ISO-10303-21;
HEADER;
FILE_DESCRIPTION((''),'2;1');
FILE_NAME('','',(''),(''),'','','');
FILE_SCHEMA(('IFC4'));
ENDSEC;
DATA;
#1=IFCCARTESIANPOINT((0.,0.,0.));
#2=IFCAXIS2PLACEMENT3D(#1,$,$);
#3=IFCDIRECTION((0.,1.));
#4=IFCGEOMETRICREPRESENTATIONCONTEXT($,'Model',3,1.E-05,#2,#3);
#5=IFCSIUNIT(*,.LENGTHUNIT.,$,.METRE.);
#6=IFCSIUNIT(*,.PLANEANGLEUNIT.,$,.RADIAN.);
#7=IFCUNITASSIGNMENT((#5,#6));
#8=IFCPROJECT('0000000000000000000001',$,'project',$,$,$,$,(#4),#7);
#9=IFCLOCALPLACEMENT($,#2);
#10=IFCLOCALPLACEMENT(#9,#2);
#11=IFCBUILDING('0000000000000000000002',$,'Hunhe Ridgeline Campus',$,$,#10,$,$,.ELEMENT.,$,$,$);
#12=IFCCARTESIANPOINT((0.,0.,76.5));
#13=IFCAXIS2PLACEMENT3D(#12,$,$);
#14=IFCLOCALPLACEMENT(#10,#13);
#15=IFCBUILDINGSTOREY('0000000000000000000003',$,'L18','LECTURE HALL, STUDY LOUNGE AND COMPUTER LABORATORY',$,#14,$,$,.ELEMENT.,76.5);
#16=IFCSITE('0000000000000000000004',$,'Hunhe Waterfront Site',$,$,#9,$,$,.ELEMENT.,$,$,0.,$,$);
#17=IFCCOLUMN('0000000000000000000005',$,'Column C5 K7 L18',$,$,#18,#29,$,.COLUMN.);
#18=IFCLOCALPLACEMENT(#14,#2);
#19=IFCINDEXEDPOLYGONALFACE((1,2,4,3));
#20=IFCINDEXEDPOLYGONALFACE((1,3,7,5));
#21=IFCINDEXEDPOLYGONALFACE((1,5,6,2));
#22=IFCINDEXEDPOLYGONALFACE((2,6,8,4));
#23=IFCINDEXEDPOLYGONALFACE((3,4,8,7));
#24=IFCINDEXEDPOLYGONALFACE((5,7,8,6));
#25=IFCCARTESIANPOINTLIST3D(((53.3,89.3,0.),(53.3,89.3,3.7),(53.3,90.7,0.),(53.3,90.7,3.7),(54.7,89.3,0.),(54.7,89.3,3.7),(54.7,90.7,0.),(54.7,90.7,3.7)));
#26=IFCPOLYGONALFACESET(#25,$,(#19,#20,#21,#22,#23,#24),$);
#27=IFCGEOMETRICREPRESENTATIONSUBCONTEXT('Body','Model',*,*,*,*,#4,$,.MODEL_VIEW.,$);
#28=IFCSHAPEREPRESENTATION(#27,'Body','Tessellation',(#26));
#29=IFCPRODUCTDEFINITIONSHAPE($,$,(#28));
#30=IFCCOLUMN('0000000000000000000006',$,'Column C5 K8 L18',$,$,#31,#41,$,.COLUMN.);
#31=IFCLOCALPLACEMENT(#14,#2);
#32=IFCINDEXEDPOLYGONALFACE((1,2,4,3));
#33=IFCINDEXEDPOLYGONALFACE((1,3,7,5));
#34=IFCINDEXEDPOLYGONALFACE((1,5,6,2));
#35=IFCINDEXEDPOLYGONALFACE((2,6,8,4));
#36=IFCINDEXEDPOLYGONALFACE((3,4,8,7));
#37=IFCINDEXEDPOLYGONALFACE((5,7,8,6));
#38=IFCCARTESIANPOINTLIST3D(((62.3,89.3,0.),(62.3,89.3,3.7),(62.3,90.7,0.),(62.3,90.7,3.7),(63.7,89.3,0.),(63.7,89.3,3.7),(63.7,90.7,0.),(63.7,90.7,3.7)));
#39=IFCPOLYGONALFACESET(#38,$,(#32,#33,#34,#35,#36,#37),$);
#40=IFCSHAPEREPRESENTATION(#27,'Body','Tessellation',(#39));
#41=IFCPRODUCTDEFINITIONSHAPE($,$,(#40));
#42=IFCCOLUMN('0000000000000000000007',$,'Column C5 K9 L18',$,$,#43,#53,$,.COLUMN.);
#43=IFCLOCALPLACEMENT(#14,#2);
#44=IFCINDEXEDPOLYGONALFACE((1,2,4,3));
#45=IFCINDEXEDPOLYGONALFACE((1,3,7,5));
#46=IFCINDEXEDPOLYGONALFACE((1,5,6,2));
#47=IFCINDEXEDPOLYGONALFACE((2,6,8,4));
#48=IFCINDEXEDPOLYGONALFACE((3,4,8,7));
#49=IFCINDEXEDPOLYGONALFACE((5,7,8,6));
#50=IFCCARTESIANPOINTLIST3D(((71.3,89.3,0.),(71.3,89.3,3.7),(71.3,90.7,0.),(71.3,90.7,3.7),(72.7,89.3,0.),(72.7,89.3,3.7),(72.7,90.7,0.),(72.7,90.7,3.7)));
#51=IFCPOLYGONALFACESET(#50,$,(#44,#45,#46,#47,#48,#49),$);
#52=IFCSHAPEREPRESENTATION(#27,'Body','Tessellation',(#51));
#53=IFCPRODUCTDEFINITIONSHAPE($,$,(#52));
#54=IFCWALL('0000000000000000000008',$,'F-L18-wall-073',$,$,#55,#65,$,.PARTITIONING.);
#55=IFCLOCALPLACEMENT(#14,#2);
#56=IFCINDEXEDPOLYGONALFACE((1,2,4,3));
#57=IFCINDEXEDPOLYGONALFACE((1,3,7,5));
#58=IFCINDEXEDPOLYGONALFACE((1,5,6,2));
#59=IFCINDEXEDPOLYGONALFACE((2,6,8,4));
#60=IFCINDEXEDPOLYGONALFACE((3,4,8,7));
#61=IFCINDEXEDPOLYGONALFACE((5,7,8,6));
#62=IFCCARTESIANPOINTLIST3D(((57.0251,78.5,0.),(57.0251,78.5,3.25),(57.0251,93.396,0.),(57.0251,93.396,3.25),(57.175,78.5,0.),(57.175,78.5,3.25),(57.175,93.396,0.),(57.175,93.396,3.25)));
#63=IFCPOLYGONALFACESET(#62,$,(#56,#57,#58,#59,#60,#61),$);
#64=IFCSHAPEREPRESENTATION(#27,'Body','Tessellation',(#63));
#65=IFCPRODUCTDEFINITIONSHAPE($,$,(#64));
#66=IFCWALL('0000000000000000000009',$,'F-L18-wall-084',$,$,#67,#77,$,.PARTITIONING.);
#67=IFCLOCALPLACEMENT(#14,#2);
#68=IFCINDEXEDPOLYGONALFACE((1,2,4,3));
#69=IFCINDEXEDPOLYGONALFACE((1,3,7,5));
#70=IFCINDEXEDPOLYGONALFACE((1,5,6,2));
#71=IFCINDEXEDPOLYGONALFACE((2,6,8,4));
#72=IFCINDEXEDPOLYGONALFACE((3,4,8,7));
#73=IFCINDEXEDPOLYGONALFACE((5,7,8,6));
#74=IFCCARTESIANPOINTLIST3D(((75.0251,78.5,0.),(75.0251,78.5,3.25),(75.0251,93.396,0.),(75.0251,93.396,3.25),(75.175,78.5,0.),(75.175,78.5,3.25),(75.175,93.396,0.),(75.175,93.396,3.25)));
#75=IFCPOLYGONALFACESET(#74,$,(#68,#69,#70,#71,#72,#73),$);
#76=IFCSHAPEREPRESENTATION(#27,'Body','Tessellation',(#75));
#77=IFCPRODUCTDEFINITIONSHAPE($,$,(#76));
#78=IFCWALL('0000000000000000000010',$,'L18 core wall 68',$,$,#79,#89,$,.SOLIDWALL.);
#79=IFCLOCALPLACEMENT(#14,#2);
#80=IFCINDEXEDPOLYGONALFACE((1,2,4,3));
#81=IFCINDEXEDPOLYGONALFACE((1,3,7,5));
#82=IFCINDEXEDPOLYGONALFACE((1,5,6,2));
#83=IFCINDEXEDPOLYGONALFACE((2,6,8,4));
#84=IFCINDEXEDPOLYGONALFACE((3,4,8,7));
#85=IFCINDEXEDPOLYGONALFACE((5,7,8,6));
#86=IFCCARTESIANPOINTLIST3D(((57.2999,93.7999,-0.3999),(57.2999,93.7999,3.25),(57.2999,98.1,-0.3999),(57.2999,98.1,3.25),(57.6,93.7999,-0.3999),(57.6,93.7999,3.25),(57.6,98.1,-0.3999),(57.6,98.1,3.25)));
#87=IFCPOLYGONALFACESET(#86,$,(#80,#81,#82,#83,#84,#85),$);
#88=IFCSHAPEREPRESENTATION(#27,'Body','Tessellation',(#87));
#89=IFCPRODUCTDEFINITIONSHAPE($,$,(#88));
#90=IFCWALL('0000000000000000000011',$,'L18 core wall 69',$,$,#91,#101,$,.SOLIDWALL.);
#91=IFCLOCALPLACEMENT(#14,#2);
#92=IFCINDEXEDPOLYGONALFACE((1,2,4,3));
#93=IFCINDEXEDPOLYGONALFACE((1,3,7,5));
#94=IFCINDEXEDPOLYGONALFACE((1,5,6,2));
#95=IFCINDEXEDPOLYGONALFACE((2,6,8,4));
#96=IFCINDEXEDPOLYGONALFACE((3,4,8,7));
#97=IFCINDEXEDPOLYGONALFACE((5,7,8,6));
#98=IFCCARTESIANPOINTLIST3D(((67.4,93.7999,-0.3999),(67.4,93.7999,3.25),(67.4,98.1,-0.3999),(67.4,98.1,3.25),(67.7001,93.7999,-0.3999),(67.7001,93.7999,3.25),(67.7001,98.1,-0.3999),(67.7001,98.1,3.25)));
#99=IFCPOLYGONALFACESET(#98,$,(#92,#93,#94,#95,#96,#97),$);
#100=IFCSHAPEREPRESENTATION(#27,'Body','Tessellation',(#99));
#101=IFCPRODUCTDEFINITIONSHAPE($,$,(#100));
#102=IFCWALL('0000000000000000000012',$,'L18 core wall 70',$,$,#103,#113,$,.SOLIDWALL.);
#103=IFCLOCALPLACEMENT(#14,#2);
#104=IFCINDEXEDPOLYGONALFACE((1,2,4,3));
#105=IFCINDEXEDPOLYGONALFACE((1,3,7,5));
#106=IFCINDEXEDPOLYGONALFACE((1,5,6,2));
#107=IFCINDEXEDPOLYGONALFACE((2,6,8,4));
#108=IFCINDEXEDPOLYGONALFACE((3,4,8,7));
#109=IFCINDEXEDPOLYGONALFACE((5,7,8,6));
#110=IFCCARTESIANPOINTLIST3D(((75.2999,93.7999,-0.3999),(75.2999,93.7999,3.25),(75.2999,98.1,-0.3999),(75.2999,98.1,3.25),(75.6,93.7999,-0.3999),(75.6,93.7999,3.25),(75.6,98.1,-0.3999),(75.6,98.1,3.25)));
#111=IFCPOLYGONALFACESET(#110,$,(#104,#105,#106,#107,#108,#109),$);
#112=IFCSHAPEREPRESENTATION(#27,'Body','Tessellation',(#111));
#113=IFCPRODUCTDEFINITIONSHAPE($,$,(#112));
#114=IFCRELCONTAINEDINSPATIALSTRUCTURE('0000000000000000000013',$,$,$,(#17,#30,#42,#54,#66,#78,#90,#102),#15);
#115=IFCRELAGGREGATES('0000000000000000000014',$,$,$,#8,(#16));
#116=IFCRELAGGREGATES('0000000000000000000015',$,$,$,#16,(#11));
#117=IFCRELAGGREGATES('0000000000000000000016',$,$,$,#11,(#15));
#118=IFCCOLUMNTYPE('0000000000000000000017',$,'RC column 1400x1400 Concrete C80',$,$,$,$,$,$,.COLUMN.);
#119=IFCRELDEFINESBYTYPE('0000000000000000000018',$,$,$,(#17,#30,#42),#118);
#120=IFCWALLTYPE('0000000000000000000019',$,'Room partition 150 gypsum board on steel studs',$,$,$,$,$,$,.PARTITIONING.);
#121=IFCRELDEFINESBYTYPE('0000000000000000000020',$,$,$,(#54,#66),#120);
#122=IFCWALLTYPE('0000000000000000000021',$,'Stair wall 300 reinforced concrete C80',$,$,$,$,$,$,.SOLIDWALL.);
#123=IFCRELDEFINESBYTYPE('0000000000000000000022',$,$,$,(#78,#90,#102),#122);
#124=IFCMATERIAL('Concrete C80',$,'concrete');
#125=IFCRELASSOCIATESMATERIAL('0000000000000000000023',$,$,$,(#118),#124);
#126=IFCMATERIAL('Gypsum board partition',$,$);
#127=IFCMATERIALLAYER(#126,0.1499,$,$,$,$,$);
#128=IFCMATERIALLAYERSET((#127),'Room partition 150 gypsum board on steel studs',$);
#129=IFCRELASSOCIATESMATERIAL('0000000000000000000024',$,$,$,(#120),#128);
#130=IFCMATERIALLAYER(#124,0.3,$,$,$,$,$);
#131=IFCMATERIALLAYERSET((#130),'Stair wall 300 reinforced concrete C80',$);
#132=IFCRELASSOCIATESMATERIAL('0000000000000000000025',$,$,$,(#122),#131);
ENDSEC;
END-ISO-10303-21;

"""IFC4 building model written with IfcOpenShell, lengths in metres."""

from ifc_helpers import new_model, si_unit, direction, frame, frame_2d, origin, origin_2d, place, context, subcontext, project, spatial, rectangle, extrude, material, layer, layer_set, material_profile, profile_set, type_object, element, save


model = new_model("IFC4")

# Units and contexts
model_context = context("Model", 3, precision=1e-05, world=origin(), true_north=direction((0.0, 1.0)))
body_context = subcontext(model_context, "Body", "Model", "MODEL_VIEW")
ifc_project = project(units=[si_unit("LENGTHUNIT", "METRE"), si_unit("PLANEANGLEUNIT", "RADIAN")], contexts=[model_context])

# Site, building, storey
site_placement = place(None, origin())
site = spatial("IfcSite", under=ifc_project, at=site_placement, Name="Hunhe Waterfront Site", CompositionType="ELEMENT", RefElevation=0.0)
building_placement = place(site_placement, origin())
building = spatial("IfcBuilding", under=site, at=building_placement, Name="Hunhe Ridgeline Campus", CompositionType="ELEMENT")
storey_placement = place(building_placement, frame((0.0, 0.0, 76.5)))
storey = spatial("IfcBuildingStorey", under=building, at=storey_placement, Name="L18", Description="LECTURE HALL, STUDY LOUNGE AND COMPUTER LABORATORY", CompositionType="ELEMENT", Elevation=76.5)

# Columns
ifc_material_1 = material(Name="Concrete C80", Category="concrete")
ifc_material_profile = material_profile(ifc_material_1, rectangle(XDim=1.3999, YDim=1.3999, at=origin_2d()))
ifc_profile_set = profile_set([ifc_material_profile], Name="Concrete C80")
column_type = type_object("IfcColumnType", Name="RC column 1400x1400 Concrete C80", PredefinedType="COLUMN", material=ifc_profile_set)
for number, where, z_axis, x_axis, name in (
    (1, (54.0, 90.0, 0.0), (0.0, 0.0, 1.0), (1.0, 0.0, 0.0), "Column C5 K7 L18"),
    (2, (63.0, 90.0, 0.0), (0.0, 0.0, 1.0), (1.0, 0.0, 0.0), "Column C5 K8 L18"),
    (3, (72.0, 90.0, 0.0), (0.0, 0.0, 1.0), (1.0, 0.0, 0.0), "Column C5 K9 L18"),
):
    element("IfcColumn", number, at=place(storey_placement, frame(where, z_axis=z_axis, x_axis=x_axis)), inside=storey, type_object=column_type, Name=name, PredefinedType="COLUMN", context=body_context, shape_type="SweptSolid", body=[
        extrude(rectangle(XDim=1.3999, YDim=1.3999, at=origin_2d()), origin(), (0.0, 0.0, 1.0), 3.7),
    ])

# Shared definitions
ifc_material_2 = material(Name="Gypsum board partition")

# Walls
ifc_layer_1 = layer(ifc_material_2, 0.1499)
ifc_layer_set_1 = layer_set([ifc_layer_1], Name="Room partition 150 gypsum board on steel studs")
wall_type_1 = type_object("IfcWallType", Name="Room partition 150 gypsum board on steel studs", PredefinedType="PARTITIONING", material=ifc_layer_set_1)
for number, where, z_axis, x_axis, name in (
    (4, (57.1001, 93.396, 0.0), (0.0, 0.0, 1.0), (0.0, -1.0, 0.0), "F-L18-wall-073"),
    (5, (75.1001, 93.396, 0.0), (0.0, 0.0, 1.0), (0.0, -1.0, 0.0), "F-L18-wall-084"),
):
    element("IfcWall", number, at=place(storey_placement, frame(where, z_axis=z_axis, x_axis=x_axis)), inside=storey, type_object=wall_type_1, Name=name, PredefinedType="PARTITIONING", context=body_context, shape_type="SweptSolid", body=[
        extrude(rectangle(XDim=14.896, YDim=0.1499, at=frame_2d((7.448, 0.0))), origin(), (0.0, 0.0, 1.0), 3.25),
    ])

# Shared definitions
ifc_layer_2 = layer(ifc_material_1, 0.3)
ifc_layer_set_2 = layer_set([ifc_layer_2], Name="Stair wall 300 reinforced concrete C80")
wall_type_2 = type_object("IfcWallType", Name="Stair wall 300 reinforced concrete C80", PredefinedType="SOLIDWALL", material=ifc_layer_set_2)

# Walls
for number, where, z_axis, x_axis, name in (
    (6, (57.45, 93.8, -0.3999), (0.0, 0.0, 1.0), (0.0, 1.0, 0.0), "L18 core wall 68"),
    (7, (67.55, 93.8, -0.3999), (0.0, 0.0, 1.0), (0.0, 1.0, 0.0), "L18 core wall 69"),
    (8, (75.45, 93.8, -0.3999), (0.0, 0.0, 1.0), (0.0, 1.0, 0.0), "L18 core wall 70"),
):
    element("IfcWall", number, at=place(storey_placement, frame(where, z_axis=z_axis, x_axis=x_axis)), inside=storey, type_object=wall_type_2, Name=name, PredefinedType="SOLIDWALL", context=body_context, shape_type="SweptSolid", body=[
        extrude(rectangle(XDim=4.3, YDim=0.3, at=frame_2d((2.1499, 0.0))), origin(), (0.0, 0.0, 1.0), 3.6499),
    ])

save(model, "model.ifc")
